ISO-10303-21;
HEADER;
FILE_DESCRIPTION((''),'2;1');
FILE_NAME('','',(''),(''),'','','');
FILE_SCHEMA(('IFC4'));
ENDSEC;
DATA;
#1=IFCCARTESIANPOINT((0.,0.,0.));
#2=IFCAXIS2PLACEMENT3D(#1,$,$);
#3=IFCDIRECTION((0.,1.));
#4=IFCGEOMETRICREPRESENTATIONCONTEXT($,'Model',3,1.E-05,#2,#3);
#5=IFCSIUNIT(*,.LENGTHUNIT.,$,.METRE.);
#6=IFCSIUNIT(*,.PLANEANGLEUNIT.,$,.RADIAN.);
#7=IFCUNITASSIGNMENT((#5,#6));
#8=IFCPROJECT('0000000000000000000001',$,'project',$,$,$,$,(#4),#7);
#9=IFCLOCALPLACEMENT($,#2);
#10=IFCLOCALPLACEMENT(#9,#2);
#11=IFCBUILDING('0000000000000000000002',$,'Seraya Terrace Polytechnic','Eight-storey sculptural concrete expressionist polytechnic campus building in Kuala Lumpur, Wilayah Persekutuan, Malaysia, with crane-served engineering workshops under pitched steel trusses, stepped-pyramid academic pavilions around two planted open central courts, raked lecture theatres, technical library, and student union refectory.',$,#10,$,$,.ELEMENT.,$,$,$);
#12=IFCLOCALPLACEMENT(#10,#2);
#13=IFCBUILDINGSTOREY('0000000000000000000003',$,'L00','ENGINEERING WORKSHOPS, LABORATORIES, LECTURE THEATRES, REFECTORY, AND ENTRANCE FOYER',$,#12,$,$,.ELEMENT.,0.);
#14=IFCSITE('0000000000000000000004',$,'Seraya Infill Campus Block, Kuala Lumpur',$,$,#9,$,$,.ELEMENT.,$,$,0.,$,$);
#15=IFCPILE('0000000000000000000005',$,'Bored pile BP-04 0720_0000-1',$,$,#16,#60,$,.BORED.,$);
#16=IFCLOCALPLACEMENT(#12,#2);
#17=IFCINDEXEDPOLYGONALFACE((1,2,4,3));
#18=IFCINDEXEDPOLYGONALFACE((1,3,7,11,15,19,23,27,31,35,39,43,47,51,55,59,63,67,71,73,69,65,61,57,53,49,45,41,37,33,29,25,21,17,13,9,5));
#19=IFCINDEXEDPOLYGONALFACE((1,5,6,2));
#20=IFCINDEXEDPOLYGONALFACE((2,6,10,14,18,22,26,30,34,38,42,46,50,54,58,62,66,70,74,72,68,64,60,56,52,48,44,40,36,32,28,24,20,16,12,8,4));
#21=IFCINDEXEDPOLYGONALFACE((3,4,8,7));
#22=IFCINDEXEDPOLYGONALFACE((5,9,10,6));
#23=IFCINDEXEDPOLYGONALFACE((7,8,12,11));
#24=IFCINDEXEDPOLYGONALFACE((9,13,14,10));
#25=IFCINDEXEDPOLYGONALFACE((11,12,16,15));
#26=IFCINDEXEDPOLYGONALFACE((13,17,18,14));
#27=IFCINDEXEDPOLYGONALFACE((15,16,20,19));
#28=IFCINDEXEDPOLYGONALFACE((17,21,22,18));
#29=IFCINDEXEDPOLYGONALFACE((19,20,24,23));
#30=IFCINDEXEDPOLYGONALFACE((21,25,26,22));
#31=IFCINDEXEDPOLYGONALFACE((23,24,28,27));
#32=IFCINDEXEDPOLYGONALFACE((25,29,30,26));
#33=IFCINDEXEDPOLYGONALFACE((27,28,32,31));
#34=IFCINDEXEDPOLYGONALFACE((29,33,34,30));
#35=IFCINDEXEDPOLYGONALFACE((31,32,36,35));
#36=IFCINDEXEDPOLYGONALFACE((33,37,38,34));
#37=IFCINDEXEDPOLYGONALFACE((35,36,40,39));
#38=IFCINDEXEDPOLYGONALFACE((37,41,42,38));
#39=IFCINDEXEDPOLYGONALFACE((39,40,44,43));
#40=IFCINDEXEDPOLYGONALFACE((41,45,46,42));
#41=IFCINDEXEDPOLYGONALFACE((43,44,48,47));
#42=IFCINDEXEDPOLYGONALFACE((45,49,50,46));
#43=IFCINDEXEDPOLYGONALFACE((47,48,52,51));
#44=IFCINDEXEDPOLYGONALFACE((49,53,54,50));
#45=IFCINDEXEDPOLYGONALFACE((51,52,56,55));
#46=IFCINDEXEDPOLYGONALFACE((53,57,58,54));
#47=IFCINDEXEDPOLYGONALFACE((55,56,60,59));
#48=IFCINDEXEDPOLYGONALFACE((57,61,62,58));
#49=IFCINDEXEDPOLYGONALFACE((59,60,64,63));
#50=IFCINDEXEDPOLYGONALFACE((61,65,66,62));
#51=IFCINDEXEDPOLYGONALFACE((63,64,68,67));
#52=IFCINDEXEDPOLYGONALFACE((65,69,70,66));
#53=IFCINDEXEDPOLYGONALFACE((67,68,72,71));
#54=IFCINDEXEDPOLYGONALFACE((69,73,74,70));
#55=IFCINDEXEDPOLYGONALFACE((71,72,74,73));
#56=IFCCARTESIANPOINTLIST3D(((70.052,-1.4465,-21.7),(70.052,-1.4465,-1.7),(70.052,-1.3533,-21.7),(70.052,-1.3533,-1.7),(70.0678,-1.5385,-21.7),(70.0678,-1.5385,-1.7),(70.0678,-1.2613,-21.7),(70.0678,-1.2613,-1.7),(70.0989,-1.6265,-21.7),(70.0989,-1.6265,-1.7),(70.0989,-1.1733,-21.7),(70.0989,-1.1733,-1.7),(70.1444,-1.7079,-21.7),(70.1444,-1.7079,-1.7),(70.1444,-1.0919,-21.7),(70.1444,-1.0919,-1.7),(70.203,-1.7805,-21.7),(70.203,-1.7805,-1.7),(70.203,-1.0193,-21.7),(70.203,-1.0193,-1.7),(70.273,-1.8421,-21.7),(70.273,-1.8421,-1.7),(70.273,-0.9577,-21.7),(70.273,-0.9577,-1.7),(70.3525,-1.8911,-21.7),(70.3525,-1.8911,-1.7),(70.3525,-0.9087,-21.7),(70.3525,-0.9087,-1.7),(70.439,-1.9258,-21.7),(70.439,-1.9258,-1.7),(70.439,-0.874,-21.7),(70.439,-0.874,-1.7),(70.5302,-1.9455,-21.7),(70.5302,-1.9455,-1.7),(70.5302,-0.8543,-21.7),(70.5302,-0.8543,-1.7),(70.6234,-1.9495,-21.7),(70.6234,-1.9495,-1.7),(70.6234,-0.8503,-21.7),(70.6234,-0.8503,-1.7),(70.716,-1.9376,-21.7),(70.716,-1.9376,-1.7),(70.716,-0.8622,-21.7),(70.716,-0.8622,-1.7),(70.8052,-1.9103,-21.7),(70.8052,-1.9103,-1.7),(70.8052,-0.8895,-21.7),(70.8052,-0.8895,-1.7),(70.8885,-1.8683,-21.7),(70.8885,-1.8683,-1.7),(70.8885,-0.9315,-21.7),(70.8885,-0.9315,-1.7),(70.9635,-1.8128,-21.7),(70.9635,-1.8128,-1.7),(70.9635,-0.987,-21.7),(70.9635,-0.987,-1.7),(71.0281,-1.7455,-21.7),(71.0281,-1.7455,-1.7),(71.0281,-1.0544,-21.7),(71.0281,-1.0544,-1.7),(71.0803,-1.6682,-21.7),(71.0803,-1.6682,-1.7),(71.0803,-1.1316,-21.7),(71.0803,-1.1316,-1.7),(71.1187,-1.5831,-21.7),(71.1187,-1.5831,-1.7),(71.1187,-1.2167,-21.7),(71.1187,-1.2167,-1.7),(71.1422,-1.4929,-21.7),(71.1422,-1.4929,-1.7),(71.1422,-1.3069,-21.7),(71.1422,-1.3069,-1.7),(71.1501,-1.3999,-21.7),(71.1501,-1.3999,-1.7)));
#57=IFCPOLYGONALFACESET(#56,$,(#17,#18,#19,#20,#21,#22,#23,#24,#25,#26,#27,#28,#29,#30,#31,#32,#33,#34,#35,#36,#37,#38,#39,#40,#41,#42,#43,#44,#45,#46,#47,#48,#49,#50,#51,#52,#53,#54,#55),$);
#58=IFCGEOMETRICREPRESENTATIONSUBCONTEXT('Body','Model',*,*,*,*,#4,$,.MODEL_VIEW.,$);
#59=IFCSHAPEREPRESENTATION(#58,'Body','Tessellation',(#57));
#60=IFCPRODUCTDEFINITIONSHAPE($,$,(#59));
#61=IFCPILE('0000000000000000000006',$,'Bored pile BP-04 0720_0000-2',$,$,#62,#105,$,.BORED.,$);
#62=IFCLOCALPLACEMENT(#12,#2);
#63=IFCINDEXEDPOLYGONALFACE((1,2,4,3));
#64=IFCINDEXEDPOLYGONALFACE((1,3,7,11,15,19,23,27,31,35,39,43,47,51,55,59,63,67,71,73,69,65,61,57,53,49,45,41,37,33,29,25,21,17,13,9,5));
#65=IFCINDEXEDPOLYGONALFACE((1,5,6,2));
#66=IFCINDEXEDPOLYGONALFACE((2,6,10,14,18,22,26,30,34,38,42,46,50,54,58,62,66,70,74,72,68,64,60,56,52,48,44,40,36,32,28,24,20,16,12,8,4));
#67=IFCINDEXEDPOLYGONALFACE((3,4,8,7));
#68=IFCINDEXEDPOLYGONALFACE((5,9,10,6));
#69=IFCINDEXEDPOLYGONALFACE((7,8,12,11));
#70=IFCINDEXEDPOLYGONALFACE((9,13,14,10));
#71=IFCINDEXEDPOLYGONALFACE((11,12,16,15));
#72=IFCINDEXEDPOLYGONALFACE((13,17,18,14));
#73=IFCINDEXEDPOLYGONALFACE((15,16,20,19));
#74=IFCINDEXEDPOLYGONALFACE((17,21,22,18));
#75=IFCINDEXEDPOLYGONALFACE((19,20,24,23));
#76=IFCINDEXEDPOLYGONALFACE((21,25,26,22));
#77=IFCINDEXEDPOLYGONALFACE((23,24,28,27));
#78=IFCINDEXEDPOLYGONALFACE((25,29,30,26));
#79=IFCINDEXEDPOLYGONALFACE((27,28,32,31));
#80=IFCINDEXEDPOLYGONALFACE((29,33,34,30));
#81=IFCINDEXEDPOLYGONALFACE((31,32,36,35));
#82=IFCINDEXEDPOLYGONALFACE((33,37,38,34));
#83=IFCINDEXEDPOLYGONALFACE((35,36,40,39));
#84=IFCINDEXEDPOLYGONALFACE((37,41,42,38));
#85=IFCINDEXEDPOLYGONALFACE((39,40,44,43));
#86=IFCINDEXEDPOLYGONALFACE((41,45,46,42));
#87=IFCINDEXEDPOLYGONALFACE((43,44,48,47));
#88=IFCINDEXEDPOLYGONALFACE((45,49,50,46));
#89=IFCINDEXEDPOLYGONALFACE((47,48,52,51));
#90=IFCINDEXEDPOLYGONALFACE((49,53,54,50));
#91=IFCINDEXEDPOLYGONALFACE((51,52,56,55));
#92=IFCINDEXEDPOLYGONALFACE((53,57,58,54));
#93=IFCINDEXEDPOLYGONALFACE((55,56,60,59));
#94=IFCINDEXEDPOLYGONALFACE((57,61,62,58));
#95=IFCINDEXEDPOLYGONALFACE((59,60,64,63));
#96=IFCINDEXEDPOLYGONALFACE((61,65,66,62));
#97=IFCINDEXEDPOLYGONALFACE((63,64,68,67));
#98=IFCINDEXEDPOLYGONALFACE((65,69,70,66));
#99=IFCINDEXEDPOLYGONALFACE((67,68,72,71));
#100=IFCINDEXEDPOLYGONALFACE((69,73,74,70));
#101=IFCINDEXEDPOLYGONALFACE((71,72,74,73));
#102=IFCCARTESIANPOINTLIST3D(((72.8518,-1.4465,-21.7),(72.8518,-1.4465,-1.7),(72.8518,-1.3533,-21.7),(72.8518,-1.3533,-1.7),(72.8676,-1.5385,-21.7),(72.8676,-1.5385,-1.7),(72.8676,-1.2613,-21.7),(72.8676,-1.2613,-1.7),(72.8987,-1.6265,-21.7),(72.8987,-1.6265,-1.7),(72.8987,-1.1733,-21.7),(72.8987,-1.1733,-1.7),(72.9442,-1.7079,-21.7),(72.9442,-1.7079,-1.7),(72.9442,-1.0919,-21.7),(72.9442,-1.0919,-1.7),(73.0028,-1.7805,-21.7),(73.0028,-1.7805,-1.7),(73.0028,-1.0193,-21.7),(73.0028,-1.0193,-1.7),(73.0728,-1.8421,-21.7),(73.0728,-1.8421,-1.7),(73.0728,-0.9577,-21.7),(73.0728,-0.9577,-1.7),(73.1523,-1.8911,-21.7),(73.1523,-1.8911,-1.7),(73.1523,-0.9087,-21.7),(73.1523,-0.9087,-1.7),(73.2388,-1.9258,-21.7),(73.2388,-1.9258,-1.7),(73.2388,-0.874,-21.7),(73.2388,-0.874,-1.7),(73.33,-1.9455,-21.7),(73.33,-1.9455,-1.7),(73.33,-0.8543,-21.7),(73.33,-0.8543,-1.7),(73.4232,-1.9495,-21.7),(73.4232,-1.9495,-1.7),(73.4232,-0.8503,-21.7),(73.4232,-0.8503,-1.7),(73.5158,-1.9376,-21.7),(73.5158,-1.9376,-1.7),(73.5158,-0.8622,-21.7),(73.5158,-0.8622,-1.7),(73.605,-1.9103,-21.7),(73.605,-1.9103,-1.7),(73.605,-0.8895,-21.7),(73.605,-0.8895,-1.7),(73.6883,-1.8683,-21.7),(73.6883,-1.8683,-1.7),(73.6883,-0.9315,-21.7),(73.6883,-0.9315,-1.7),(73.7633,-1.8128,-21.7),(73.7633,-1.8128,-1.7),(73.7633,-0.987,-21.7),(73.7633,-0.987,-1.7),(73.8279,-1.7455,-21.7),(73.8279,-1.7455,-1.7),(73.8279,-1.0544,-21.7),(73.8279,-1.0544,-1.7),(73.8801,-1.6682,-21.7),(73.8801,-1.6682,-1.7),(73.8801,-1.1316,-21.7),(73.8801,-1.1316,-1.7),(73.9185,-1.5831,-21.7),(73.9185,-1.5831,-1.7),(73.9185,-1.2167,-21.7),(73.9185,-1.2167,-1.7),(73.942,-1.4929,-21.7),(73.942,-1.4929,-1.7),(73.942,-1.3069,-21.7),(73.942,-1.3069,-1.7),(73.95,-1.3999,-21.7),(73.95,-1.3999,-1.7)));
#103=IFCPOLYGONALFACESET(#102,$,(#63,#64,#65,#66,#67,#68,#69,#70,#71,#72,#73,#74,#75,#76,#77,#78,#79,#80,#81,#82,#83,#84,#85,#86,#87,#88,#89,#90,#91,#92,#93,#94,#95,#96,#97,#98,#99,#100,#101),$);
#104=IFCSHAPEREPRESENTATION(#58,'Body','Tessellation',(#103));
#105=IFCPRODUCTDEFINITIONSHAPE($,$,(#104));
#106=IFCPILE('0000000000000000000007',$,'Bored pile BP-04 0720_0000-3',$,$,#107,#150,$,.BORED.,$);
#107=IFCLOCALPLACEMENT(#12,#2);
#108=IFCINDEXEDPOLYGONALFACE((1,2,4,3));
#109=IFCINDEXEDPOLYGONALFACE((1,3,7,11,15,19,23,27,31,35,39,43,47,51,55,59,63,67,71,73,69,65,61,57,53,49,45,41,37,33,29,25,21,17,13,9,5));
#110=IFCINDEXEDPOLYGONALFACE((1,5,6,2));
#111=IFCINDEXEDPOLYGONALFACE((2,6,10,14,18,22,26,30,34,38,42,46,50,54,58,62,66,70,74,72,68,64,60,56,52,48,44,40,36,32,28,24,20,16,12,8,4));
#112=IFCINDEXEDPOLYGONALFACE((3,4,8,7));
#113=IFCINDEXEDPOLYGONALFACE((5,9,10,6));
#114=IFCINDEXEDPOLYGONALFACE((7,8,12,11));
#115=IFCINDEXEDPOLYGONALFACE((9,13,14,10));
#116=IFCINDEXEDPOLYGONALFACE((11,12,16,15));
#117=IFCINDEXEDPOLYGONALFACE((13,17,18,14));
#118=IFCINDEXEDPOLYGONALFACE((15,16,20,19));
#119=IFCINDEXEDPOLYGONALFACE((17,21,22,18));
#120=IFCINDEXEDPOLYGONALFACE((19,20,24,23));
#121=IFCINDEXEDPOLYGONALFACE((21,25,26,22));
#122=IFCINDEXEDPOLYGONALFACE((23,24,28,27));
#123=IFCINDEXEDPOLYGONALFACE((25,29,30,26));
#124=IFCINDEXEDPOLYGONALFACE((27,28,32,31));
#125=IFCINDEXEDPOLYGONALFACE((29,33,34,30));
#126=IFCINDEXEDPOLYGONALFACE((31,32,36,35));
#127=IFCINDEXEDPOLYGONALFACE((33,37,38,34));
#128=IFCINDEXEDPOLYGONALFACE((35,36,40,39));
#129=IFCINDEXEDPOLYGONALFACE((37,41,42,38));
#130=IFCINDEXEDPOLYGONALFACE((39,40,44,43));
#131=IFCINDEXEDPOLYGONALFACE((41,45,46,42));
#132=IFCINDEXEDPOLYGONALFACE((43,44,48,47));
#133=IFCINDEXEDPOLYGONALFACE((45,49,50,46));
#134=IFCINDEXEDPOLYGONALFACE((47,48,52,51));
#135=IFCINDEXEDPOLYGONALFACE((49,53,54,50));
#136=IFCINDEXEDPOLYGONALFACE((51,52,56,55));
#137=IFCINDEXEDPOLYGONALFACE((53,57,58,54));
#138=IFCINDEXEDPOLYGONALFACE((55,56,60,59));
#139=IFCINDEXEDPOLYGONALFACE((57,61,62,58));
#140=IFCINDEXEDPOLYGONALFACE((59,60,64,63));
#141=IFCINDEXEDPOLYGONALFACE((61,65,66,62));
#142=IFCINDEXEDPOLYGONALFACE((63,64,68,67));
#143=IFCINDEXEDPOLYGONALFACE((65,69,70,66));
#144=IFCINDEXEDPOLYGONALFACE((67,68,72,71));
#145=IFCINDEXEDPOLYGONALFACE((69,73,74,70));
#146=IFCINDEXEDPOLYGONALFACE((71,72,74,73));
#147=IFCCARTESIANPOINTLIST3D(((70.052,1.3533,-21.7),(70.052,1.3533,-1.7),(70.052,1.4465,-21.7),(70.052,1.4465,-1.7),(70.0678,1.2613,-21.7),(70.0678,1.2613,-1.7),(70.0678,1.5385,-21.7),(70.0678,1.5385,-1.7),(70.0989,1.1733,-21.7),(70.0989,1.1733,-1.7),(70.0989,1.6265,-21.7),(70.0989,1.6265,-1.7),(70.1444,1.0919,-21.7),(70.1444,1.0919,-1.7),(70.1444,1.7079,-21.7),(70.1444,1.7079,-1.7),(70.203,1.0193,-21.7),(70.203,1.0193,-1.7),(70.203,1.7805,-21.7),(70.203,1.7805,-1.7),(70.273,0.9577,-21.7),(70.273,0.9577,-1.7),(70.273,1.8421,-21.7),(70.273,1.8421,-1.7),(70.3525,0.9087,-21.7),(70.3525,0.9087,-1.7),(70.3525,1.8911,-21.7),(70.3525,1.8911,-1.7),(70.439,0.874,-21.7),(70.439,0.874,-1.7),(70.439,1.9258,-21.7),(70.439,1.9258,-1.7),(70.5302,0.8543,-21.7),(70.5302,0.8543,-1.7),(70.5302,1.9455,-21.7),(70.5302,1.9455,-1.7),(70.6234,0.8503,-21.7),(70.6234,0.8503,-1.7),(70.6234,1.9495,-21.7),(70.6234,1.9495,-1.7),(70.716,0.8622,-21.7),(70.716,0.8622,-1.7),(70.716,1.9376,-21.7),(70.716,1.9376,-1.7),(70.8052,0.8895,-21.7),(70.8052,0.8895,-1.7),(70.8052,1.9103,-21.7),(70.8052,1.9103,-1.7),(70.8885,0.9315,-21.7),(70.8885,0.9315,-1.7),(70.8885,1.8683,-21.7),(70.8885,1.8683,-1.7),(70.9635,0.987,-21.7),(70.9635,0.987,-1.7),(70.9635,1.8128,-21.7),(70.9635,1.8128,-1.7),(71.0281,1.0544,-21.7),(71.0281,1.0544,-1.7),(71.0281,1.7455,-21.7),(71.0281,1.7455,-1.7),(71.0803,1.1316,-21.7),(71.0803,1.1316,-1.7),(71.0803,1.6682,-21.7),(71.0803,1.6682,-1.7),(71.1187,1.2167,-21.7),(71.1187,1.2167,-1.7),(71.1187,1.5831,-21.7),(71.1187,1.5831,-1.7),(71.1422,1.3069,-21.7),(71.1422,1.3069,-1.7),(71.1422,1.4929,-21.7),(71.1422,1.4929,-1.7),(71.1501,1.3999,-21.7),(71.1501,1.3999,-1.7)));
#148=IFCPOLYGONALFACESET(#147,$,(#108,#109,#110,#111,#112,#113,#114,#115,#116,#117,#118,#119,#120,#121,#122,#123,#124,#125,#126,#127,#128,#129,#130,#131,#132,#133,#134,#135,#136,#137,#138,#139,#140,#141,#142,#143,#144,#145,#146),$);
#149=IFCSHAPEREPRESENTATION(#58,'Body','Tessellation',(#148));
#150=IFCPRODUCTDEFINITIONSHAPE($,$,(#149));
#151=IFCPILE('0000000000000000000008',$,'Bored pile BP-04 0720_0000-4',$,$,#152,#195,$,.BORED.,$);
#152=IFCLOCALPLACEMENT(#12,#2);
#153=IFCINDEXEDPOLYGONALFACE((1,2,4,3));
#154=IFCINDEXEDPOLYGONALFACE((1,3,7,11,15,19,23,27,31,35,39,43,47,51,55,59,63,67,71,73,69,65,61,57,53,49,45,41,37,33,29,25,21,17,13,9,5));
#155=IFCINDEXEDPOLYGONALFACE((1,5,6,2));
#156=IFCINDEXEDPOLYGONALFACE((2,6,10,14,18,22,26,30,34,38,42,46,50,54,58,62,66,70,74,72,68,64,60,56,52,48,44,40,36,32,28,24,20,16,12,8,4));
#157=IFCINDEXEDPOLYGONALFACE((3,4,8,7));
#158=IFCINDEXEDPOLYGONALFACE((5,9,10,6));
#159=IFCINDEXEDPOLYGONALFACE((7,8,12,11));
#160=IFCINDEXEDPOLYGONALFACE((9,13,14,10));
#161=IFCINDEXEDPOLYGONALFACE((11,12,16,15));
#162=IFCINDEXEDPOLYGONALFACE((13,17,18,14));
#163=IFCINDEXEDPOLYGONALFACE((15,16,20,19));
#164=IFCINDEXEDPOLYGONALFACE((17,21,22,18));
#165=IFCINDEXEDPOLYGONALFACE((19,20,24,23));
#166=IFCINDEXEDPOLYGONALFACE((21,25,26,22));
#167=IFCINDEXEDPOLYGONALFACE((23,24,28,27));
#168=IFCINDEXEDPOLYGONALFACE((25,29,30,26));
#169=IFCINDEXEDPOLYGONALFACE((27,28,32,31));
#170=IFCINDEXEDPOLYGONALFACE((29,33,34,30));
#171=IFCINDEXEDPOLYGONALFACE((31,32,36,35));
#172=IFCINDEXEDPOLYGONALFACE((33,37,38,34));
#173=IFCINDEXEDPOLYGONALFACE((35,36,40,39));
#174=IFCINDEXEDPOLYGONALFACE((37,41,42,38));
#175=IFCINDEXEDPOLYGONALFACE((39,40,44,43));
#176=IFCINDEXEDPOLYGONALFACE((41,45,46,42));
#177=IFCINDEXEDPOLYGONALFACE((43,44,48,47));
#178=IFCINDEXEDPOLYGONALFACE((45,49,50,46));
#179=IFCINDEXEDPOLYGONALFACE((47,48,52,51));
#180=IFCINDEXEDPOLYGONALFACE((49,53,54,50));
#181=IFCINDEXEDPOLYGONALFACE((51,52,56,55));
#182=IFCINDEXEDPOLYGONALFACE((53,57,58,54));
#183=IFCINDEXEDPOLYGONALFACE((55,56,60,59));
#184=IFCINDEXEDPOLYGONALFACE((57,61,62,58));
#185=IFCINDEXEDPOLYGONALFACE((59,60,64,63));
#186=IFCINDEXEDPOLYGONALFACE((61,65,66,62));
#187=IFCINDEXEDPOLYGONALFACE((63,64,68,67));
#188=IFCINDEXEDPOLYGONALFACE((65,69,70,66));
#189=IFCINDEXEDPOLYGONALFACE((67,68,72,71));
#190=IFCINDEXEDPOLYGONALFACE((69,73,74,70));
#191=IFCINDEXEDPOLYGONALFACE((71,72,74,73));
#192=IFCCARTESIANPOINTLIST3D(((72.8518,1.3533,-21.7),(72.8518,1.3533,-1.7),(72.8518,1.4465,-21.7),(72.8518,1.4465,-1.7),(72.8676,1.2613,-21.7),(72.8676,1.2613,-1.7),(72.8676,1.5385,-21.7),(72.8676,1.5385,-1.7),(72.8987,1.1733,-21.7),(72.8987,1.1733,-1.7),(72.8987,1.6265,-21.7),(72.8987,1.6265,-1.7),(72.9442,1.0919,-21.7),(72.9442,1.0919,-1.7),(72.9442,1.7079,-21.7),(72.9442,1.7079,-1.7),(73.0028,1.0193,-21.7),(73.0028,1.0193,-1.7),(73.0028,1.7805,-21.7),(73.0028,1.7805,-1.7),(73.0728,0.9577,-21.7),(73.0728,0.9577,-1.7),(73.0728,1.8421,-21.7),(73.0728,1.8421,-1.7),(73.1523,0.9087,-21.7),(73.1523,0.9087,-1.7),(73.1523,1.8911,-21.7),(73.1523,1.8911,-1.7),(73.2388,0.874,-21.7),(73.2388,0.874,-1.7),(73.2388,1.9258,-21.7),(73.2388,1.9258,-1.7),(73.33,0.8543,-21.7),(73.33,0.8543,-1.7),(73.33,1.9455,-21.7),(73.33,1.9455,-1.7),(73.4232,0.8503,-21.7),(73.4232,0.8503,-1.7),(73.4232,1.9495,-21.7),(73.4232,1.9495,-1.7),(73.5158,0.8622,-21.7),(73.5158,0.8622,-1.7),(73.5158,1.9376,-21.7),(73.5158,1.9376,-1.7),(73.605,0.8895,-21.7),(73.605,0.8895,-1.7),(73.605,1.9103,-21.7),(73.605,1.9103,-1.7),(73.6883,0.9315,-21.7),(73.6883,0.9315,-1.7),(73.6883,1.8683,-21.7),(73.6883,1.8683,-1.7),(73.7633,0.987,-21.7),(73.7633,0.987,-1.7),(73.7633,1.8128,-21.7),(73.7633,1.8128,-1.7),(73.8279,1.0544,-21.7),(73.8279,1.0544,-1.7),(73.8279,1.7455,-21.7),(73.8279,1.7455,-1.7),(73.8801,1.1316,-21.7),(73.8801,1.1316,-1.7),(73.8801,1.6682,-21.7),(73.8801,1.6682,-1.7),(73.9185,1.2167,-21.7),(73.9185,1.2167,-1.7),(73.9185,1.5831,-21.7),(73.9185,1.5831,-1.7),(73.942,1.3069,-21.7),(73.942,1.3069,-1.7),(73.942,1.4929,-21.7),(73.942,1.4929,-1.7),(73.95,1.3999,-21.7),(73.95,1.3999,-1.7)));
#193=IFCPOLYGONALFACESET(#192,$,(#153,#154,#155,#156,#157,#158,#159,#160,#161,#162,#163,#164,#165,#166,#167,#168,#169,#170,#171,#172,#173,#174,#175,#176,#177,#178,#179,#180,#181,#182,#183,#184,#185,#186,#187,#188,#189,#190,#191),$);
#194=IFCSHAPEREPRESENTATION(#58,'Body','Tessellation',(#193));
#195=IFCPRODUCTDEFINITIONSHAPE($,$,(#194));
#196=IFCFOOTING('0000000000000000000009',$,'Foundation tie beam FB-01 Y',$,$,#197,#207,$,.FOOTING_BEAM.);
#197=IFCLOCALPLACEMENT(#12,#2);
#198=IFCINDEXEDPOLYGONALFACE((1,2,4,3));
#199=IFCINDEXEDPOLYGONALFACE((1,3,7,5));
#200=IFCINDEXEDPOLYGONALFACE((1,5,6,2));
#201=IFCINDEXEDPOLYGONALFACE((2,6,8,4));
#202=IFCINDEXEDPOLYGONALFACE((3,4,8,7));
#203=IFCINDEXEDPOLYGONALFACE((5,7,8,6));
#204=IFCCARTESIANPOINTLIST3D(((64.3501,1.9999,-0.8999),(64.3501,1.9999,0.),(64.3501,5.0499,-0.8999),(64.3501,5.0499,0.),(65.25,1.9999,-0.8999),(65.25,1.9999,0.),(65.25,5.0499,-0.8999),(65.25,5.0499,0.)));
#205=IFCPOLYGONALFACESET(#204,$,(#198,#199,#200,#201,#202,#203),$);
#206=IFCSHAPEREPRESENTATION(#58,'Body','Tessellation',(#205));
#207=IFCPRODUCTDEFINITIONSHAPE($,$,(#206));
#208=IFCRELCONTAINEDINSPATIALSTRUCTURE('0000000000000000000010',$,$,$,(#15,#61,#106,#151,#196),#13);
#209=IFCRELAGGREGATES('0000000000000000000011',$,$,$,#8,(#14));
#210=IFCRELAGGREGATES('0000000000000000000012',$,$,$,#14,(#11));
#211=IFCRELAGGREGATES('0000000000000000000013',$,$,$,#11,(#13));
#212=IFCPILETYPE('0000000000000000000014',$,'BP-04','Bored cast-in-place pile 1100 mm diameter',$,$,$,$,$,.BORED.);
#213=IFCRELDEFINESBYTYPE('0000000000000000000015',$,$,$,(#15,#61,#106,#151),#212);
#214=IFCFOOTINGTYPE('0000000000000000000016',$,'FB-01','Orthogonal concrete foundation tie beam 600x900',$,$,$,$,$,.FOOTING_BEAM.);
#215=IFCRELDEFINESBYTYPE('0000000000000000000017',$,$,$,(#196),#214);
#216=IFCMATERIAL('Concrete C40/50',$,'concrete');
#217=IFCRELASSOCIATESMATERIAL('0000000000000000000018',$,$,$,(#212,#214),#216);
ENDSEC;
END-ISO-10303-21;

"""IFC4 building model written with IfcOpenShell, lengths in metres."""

from ifc_helpers import new_model, si_unit, direction, frame, origin, origin_2d, place, context, subcontext, project, spatial, rectangle, circle, extrude, material, material_profile, profile_set, type_object, element, save


model = new_model("IFC4")

# Units and contexts
model_context = context("Model", 3, precision=1e-05, world=origin(), true_north=direction((0.0, 1.0)))
body_context = subcontext(model_context, "Body", "Model", "MODEL_VIEW")
ifc_project = project(units=[si_unit("LENGTHUNIT", "METRE"), si_unit("PLANEANGLEUNIT", "RADIAN")], contexts=[model_context])

# Site, building, storey
site_placement = place(None, origin())
site = spatial("IfcSite", under=ifc_project, at=site_placement, Name="Seraya Infill Campus Block, Kuala Lumpur", CompositionType="ELEMENT", RefElevation=0.0)
building_placement = place(site_placement, origin())
building = spatial("IfcBuilding", under=site, at=building_placement, Name="Seraya Terrace Polytechnic", Description="Eight-storey sculptural concrete expressionist polytechnic campus building in Kuala Lumpur, Wilayah Persekutuan, Malaysia, with crane-served engineering workshops under pitched steel trusses, stepped-pyramid academic pavilions around two planted open central courts, raked lecture theatres, technical library, and student union refectory.", CompositionType="ELEMENT")
storey_placement = place(building_placement, origin())
storey = spatial("IfcBuildingStorey", under=building, at=storey_placement, Name="L00", Description="ENGINEERING WORKSHOPS, LABORATORIES, LECTURE THEATRES, REFECTORY, AND ENTRANCE FOYER", CompositionType="ELEMENT", Elevation=0.0)

# Piles
ifc_material_1 = material(Name="Concrete C40/50", Category="concrete")
ifc_material_profile_1 = material_profile(ifc_material_1, circle(Radius=0.55, at=origin_2d()), Name="DIA 1100")
ifc_profile_set_1 = profile_set([ifc_material_profile_1], Name="Concrete C40/50")
pile_type_1 = type_object("IfcPileType", Name="BP-04", Description="Bored cast-in-place pile 1100 mm diameter", PredefinedType="BORED", material=ifc_profile_set_1)
for number, where, z_axis, x_axis, name in (
    (1, (70.6001, -1.3999, -1.7), (0.0, 0.0, -1.0), (1.0, 0.0, 0.0), "Bored pile BP-04 0720_0000-1"),
    (2, (73.3999, -1.3999, -1.7), (0.0, 0.0, -1.0), (1.0, 0.0, 0.0), "Bored pile BP-04 0720_0000-2"),
    (3, (70.6001, 1.3999, -1.7), (0.0, 0.0, -1.0), (1.0, 0.0, 0.0), "Bored pile BP-04 0720_0000-3"),
    (4, (73.3999, 1.3999, -1.7), (0.0, 0.0, -1.0), (1.0, 0.0, 0.0), "Bored pile BP-04 0720_0000-4"),
):
    element("IfcPile", number, at=place(storey_placement, frame(where, z_axis=z_axis, x_axis=x_axis)), inside=storey, type_object=pile_type_1, Name=name, PredefinedType="BORED", context=body_context, shape_type="SweptSolid", body=[
        extrude(circle(Radius=0.55, at=origin_2d()), origin(), (0.0, 0.0, 1.0), 20.0),
    ])

# Footing
footing_type_1 = type_object("IfcFootingType", Name="FB-01", Description="Orthogonal concrete foundation tie beam 600x900", PredefinedType="FOOTING_BEAM", material=ifc_material_1)
for number, where, z_axis, x_axis, name in (
    (5, (64.8, 3.5249, -0.8999), (0.0, 0.0, 1.0), (0.0, 1.0, 0.0), "Foundation tie beam FB-01 Y"),
):
    element("IfcFooting", number, at=place(storey_placement, frame(where, z_axis=z_axis, x_axis=x_axis)), inside=storey, type_object=footing_type_1, Name=name, PredefinedType="FOOTING_BEAM", context=body_context, shape_type="SweptSolid", body=[
        extrude(rectangle(XDim=3.05, YDim=0.8999, at=origin_2d()), origin(), (0.0, 0.0, 1.0), 0.8999),
    ])

save(model, "model.ifc")
